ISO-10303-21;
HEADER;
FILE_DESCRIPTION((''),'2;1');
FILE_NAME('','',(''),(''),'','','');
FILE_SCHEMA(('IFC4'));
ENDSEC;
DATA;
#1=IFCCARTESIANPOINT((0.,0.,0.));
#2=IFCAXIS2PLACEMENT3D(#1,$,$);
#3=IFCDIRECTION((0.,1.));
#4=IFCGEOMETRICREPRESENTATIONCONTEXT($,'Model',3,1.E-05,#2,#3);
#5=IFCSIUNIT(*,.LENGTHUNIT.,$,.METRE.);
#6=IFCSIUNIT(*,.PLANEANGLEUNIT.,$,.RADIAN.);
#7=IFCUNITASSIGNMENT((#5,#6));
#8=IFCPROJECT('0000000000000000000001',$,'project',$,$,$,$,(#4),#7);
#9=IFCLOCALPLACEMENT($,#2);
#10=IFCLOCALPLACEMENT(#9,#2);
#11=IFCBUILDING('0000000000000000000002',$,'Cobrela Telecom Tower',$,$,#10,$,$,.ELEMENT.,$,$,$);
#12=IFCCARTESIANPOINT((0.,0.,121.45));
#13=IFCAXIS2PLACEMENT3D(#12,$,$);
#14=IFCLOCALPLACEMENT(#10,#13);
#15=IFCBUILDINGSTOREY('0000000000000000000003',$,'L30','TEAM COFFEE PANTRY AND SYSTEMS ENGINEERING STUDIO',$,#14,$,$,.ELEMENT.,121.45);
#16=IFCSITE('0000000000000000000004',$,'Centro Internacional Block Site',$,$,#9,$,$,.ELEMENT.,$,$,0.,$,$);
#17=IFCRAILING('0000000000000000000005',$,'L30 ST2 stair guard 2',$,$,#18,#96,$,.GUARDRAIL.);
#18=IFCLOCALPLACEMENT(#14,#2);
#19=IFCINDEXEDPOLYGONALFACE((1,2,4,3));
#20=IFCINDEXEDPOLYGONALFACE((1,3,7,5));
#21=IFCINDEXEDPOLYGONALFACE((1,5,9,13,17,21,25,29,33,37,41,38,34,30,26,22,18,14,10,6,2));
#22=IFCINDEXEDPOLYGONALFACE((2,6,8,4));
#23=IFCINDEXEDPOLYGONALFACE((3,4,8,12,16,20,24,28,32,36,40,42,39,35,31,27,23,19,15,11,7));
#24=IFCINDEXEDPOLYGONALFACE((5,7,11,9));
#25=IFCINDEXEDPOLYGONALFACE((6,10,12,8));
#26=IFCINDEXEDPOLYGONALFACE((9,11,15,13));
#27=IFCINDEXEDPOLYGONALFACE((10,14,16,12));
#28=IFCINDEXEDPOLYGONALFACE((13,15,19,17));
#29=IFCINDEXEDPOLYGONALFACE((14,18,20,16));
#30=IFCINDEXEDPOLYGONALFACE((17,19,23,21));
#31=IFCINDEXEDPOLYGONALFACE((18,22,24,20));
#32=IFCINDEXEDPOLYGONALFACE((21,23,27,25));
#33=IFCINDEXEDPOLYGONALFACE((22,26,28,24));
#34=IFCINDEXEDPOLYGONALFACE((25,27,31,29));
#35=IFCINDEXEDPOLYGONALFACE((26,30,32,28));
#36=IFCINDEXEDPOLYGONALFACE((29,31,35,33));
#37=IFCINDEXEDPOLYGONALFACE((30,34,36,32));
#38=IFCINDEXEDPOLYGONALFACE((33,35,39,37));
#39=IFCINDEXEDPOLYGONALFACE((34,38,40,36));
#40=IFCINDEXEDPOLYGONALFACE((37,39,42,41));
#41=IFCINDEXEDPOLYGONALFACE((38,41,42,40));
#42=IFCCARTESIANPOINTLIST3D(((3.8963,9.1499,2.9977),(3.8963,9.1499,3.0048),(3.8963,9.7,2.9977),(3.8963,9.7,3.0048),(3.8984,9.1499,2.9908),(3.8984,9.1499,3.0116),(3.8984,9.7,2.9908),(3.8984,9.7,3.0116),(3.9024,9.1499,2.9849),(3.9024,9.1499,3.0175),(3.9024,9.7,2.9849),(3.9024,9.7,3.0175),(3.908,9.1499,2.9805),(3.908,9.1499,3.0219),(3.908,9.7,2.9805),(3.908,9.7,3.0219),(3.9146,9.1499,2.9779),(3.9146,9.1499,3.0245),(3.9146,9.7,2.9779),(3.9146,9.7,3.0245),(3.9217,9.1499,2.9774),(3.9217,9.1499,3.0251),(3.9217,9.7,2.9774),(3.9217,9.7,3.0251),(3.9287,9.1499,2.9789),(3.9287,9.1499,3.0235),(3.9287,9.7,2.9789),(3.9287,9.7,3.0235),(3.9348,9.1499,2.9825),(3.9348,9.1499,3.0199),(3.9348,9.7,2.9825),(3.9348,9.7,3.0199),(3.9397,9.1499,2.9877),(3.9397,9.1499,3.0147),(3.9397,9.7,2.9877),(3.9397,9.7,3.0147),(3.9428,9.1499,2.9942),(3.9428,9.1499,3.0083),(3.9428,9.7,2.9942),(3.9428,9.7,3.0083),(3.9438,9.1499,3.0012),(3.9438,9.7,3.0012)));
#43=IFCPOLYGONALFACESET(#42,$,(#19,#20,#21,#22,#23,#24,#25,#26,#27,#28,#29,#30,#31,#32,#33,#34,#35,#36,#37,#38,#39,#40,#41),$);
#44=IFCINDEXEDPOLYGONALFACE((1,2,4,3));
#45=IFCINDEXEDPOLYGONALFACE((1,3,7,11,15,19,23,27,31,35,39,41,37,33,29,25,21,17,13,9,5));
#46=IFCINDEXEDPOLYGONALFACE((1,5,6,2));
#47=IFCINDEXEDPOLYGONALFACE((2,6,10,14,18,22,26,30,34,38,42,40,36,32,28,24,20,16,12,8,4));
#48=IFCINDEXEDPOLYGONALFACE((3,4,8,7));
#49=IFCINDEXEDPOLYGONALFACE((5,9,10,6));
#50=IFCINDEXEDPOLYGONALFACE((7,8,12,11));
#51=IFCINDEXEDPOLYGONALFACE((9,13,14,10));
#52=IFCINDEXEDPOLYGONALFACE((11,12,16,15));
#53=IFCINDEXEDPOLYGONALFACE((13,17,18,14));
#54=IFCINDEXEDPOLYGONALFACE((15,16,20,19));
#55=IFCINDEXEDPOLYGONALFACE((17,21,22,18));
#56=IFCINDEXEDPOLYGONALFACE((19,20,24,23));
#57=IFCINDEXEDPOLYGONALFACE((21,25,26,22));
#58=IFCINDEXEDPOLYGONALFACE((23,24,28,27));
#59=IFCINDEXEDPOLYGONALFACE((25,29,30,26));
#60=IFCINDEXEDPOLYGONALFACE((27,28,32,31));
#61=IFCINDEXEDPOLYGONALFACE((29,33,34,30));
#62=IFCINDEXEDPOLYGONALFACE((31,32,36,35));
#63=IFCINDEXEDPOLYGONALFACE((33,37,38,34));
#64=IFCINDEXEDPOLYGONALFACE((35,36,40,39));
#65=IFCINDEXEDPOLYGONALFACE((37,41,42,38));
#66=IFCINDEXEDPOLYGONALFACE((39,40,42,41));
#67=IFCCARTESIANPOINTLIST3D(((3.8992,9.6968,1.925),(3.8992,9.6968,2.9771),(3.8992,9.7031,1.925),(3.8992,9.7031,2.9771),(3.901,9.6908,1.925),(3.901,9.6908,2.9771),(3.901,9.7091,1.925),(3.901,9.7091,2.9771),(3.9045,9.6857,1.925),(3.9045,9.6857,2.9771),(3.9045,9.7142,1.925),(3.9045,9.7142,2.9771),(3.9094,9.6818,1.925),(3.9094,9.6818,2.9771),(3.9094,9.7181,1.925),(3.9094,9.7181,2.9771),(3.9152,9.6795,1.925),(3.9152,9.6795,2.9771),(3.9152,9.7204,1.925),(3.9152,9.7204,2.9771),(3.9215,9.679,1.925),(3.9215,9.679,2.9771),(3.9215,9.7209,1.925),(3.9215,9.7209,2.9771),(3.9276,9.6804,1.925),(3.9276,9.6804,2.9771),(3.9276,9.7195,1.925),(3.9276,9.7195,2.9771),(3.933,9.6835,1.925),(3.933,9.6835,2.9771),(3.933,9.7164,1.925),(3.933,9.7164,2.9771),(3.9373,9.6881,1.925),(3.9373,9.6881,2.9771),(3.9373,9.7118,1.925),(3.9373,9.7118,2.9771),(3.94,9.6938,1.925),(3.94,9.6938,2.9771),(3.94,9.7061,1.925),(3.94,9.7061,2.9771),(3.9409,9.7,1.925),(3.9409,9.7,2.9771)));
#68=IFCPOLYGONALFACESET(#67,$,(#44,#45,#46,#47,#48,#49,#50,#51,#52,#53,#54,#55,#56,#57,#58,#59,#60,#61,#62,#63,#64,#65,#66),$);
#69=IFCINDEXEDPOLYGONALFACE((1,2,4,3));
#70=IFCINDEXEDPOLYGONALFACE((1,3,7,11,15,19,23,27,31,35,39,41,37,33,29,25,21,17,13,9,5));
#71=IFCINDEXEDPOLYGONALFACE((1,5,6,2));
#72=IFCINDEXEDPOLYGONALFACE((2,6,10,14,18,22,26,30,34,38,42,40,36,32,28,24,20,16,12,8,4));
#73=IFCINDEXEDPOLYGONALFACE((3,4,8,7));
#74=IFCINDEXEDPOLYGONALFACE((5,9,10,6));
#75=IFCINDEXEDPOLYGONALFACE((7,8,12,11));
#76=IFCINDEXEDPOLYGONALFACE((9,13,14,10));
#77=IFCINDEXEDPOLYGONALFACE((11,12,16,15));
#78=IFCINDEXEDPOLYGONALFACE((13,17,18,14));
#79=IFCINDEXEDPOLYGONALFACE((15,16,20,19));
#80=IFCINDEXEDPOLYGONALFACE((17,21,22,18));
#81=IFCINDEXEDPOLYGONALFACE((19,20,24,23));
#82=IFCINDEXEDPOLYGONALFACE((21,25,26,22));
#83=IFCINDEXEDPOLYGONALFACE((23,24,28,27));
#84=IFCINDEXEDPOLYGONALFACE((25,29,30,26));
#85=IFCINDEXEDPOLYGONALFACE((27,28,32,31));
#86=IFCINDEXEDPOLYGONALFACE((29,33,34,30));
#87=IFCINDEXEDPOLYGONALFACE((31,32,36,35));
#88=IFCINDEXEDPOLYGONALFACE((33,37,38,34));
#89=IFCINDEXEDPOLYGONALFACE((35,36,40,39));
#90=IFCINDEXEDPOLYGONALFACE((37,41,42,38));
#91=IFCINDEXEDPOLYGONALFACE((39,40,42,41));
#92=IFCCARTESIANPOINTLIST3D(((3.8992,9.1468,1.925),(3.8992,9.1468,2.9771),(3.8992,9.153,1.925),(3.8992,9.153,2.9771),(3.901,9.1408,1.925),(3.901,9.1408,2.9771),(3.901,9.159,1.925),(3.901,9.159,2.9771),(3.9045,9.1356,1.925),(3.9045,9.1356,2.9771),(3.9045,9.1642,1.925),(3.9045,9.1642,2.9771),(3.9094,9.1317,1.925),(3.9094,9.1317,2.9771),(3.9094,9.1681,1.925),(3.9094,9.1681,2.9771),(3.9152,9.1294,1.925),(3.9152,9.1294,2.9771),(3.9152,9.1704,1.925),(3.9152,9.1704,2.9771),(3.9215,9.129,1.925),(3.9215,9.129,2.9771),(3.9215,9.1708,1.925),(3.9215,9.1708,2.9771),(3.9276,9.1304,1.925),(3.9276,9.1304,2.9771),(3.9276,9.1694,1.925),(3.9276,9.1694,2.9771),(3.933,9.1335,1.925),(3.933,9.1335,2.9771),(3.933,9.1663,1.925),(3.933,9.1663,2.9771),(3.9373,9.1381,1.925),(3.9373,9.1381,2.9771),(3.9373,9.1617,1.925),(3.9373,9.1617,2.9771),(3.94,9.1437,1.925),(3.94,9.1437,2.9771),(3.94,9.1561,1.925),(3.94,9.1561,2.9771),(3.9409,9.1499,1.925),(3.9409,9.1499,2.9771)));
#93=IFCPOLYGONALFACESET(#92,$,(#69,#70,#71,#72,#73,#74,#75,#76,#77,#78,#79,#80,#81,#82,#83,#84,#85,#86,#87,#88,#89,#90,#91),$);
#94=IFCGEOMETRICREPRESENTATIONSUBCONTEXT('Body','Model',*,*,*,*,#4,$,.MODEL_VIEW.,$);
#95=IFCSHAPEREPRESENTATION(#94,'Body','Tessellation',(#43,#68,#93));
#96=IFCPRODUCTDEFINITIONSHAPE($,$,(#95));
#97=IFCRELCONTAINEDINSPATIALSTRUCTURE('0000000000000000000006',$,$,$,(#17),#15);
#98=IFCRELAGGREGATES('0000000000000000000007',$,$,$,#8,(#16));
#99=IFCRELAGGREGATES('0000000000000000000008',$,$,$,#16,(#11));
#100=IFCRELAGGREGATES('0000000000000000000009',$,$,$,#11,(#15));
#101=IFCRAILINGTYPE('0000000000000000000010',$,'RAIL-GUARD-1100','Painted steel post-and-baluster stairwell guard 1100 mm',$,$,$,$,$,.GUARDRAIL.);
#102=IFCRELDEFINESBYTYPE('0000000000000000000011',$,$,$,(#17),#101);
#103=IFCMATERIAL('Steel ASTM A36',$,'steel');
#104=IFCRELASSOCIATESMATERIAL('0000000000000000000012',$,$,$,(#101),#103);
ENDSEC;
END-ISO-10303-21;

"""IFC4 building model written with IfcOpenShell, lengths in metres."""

from ifc_helpers import new_model, si_unit, direction, frame, origin, origin_2d, place, context, subcontext, project, spatial, circle, extrude, material, type_object, element, save


model = new_model("IFC4")

# Units and contexts
model_context = context("Model", 3, precision=1e-05, world=origin(), true_north=direction((0.0, 1.0)))
body_context = subcontext(model_context, "Body", "Model", "MODEL_VIEW")
ifc_project = project(units=[si_unit("LENGTHUNIT", "METRE"), si_unit("PLANEANGLEUNIT", "RADIAN")], contexts=[model_context])

# Site, building, storey
site_placement = place(None, origin())
site = spatial("IfcSite", under=ifc_project, at=site_placement, Name="Centro Internacional Block Site", CompositionType="ELEMENT", RefElevation=0.0)
building_placement = place(site_placement, origin())
building = spatial("IfcBuilding", under=site, at=building_placement, Name="Cobrela Telecom Tower", CompositionType="ELEMENT")
storey_placement = place(building_placement, frame((0.0, 0.0, 121.45)))
storey = spatial("IfcBuildingStorey", under=building, at=storey_placement, Name="L30", Description="TEAM COFFEE PANTRY AND SYSTEMS ENGINEERING STUDIO", CompositionType="ELEMENT", Elevation=121.45)

# Railing
ifc_material_1 = material(Name="Steel ASTM A36", Category="steel")
railing_type_1 = type_object("IfcRailingType", Name="RAIL-GUARD-1100", Description="Painted steel post-and-baluster stairwell guard 1100 mm", PredefinedType="GUARDRAIL", material=ifc_material_1)
railing_1_placement = place(storey_placement, frame((3.9199, 9.7, 1.925)))
element("IfcRailing", 1, at=railing_1_placement, inside=storey, type_object=railing_type_1, Name="L30 ST2 stair guard 2", PredefinedType="GUARDRAIL", context=body_context, shape_type="SweptSolid", body=[
    extrude(circle(Radius=0.0239, at=origin_2d()), frame((0.0, 0.0, 1.0762), z_axis=(0.0, -1.0, 0.0), x_axis=(1.0, 0.0, 0.0)), (0.0, 0.0, 1.0), 0.55),
    extrude(circle(Radius=0.021, at=origin_2d()), origin(), (0.0, 0.0, 1.0), 1.052),
    extrude(circle(Radius=0.021, at=origin_2d()), frame((0.0, -0.55, 0.0)), (0.0, 0.0, 1.0), 1.052),
])

save(model, "model.ifc")
